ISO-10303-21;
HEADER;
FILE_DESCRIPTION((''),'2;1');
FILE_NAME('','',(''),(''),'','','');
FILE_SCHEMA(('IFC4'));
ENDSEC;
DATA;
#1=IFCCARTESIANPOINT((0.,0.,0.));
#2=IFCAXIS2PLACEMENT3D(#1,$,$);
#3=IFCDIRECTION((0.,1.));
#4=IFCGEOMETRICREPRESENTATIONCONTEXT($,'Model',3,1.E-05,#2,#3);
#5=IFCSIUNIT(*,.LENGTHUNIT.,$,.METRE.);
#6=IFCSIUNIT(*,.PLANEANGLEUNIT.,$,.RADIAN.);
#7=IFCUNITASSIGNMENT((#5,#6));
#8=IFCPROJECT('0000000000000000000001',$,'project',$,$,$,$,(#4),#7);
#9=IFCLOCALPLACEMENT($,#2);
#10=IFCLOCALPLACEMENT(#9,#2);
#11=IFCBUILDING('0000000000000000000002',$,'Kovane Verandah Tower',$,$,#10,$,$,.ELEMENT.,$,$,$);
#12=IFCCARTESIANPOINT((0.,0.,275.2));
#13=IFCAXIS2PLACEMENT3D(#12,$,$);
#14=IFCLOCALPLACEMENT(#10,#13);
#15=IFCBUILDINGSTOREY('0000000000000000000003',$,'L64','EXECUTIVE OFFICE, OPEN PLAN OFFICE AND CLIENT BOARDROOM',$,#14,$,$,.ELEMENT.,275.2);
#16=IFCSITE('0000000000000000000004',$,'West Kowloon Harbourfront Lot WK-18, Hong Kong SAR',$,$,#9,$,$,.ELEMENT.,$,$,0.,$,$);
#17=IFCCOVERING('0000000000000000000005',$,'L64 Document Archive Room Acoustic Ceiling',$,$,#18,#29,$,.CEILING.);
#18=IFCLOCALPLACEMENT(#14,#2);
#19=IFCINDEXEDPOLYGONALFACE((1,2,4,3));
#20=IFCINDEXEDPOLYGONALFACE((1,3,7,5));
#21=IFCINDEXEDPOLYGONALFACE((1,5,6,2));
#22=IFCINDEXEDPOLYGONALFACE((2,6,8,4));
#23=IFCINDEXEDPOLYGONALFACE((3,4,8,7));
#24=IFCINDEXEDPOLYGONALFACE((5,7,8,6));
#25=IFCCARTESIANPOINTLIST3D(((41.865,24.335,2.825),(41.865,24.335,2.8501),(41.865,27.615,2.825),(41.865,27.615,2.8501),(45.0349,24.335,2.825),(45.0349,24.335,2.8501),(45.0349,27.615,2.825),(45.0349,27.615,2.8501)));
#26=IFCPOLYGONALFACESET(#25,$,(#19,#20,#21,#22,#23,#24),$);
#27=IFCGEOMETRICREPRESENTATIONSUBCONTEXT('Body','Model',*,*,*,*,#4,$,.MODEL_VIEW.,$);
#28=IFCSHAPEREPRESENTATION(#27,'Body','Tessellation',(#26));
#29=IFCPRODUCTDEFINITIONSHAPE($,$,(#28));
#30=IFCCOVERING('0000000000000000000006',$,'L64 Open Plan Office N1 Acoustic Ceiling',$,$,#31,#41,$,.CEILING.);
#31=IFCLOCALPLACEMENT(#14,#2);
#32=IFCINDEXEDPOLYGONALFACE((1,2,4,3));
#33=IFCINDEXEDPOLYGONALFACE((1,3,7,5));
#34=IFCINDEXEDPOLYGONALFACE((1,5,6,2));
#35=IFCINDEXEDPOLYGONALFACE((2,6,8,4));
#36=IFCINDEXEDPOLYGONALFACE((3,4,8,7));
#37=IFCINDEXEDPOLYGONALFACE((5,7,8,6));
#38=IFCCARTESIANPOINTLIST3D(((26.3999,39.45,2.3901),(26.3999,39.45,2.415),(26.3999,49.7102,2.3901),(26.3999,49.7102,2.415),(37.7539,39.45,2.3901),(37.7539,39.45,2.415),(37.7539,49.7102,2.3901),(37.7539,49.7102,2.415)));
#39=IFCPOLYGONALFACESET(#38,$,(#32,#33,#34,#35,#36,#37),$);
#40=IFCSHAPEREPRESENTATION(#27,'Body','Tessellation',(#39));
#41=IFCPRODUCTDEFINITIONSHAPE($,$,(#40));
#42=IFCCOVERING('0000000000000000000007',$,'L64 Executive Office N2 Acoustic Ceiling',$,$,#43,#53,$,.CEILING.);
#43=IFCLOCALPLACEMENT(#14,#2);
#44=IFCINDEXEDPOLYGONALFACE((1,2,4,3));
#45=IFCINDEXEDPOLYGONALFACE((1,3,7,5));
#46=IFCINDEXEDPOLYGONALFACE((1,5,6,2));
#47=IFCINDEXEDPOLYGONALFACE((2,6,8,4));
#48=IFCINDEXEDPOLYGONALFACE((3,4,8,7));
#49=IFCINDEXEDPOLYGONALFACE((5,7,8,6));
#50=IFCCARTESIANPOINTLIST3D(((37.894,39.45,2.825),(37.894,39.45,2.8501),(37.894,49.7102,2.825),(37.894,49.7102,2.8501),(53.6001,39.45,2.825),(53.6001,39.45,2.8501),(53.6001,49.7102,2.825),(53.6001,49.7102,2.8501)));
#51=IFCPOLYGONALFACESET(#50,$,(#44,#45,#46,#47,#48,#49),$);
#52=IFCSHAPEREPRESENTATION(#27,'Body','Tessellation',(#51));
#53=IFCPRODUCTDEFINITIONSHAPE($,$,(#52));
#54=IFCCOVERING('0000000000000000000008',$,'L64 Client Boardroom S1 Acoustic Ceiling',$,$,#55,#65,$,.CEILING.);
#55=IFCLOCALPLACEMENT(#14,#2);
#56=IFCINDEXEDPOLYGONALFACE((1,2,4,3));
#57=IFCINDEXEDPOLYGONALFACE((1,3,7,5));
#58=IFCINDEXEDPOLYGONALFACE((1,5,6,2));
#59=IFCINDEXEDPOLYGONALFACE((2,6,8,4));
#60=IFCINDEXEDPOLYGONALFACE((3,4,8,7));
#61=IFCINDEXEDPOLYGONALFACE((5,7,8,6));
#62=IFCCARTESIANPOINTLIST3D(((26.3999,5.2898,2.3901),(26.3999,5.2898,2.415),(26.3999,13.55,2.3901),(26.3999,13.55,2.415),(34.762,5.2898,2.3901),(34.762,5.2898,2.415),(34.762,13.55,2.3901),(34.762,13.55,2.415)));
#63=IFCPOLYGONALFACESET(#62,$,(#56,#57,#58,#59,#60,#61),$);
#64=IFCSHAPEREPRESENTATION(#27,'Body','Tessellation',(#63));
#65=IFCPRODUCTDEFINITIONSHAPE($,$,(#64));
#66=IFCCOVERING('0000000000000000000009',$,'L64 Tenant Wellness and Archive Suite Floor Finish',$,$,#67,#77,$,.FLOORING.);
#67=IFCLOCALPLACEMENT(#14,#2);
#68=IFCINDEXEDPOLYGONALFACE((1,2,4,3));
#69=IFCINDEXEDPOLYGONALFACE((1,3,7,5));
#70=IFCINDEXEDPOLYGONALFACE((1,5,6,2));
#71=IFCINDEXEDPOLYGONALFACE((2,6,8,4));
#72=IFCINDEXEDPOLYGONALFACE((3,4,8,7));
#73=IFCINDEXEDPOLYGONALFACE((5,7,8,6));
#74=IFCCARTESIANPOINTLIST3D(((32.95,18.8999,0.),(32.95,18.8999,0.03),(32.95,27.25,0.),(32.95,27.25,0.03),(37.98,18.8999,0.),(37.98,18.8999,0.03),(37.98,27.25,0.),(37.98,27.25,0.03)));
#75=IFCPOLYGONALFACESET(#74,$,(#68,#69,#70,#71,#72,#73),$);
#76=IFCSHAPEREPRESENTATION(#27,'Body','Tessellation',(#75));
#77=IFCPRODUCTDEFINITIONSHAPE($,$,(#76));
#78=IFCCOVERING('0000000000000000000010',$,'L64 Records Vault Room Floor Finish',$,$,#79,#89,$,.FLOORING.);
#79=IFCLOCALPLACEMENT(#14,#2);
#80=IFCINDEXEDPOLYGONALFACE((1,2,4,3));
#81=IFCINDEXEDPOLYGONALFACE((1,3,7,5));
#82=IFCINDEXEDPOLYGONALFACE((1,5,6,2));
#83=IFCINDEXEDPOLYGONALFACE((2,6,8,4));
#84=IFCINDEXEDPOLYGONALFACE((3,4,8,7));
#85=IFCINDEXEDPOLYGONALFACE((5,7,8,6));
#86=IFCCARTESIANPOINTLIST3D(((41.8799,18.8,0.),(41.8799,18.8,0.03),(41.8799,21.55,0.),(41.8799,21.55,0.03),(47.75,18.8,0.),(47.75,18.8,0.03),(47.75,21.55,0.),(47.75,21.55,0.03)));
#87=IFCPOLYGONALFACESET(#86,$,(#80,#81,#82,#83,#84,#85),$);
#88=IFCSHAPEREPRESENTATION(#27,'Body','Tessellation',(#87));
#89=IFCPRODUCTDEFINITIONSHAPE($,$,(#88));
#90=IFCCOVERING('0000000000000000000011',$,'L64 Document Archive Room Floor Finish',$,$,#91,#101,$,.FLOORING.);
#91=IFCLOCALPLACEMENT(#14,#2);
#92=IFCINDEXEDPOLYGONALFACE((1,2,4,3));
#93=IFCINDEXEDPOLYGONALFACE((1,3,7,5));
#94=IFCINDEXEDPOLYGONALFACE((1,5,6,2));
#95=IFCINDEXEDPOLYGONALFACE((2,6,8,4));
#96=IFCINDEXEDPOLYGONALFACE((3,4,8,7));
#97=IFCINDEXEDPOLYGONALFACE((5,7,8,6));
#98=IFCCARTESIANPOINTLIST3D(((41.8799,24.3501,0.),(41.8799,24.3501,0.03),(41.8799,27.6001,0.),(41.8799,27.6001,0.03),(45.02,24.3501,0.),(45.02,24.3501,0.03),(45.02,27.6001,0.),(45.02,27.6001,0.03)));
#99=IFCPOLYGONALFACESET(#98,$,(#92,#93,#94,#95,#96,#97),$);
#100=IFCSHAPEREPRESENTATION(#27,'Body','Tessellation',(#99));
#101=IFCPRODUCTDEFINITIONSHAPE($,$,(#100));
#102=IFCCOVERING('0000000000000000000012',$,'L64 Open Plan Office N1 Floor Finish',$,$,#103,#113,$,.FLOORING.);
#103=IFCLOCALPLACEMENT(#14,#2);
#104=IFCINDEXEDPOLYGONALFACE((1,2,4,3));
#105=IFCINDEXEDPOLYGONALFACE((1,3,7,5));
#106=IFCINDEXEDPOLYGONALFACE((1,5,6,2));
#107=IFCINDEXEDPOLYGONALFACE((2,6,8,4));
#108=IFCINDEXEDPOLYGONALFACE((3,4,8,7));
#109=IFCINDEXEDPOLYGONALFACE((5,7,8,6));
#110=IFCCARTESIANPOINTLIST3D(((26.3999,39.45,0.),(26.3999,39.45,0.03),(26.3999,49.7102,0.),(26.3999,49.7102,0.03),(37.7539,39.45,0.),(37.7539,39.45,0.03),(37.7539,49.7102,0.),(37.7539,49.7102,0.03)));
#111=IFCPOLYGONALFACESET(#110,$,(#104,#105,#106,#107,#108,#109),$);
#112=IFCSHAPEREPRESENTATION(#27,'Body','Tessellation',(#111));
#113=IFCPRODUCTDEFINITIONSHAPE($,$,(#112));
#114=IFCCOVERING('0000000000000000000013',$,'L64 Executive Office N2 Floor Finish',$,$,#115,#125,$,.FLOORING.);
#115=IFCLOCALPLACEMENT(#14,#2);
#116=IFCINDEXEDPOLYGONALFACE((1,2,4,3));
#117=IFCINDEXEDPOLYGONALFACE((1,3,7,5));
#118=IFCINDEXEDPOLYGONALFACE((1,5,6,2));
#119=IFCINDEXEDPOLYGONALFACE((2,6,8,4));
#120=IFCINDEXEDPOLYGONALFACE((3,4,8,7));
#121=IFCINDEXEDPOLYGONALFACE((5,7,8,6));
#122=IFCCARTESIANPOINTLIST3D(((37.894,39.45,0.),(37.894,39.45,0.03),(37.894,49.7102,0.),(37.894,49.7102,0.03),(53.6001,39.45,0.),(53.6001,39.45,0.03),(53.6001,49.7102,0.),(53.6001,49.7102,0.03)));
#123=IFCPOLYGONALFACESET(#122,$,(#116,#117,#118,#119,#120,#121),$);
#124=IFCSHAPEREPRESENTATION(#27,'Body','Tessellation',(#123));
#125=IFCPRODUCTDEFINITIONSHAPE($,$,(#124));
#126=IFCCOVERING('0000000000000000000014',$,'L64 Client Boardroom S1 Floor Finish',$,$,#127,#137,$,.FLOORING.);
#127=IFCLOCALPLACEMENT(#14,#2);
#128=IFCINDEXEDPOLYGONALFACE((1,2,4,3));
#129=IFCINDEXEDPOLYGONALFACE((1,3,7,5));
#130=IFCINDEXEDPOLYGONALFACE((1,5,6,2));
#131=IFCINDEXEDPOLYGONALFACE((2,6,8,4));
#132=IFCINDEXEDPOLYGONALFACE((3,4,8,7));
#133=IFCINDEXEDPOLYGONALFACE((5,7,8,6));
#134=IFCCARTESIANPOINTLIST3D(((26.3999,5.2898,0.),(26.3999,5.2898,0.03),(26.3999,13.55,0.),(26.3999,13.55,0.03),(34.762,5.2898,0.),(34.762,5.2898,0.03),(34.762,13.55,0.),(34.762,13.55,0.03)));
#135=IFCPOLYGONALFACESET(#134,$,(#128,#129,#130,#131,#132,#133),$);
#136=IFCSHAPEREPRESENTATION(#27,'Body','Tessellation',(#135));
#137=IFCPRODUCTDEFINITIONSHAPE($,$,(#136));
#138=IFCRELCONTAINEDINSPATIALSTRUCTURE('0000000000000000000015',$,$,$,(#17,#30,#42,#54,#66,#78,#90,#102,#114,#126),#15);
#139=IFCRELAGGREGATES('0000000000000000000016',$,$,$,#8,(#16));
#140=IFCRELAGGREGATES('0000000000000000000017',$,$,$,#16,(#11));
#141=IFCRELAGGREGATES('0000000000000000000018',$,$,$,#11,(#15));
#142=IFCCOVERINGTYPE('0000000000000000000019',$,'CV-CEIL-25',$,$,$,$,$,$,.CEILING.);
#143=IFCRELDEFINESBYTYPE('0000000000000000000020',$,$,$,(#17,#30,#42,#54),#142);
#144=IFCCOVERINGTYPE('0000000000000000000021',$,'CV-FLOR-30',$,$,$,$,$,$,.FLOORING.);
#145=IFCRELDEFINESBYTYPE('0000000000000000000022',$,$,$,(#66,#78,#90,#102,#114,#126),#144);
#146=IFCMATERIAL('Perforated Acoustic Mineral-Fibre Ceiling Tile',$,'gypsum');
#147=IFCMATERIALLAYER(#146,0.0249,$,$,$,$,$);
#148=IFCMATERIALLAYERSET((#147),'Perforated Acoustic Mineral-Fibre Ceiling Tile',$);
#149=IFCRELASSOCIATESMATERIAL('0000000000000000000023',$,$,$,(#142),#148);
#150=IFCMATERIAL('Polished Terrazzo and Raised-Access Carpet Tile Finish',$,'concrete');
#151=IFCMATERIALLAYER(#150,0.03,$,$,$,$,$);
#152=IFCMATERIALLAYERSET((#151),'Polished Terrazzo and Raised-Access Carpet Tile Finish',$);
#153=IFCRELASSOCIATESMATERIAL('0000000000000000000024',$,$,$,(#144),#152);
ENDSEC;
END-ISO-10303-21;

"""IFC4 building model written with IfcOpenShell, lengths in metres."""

from ifc_helpers import new_model, si_unit, direction, frame, origin, place, context, subcontext, project, spatial, polyline, outline, extrude, material, layer, layer_set, type_object, element, save


model = new_model("IFC4")

# Units and contexts
model_context = context("Model", 3, precision=1e-05, world=origin(), true_north=direction((0.0, 1.0)))
body_context = subcontext(model_context, "Body", "Model", "MODEL_VIEW")
ifc_project = project(units=[si_unit("LENGTHUNIT", "METRE"), si_unit("PLANEANGLEUNIT", "RADIAN")], contexts=[model_context])

# Site, building, storey
site_placement = place(None, origin())
site = spatial("IfcSite", under=ifc_project, at=site_placement, Name="West Kowloon Harbourfront Lot WK-18, Hong Kong SAR", CompositionType="ELEMENT", RefElevation=0.0)
building_placement = place(site_placement, origin())
building = spatial("IfcBuilding", under=site, at=building_placement, Name="Kovane Verandah Tower", CompositionType="ELEMENT")
storey_placement = place(building_placement, frame((0.0, 0.0, 275.2)))
storey = spatial("IfcBuildingStorey", under=building, at=storey_placement, Name="L64", Description="EXECUTIVE OFFICE, OPEN PLAN OFFICE AND CLIENT BOARDROOM", CompositionType="ELEMENT", Elevation=275.2)

# Coverings
ifc_material_1 = material(Name="Perforated Acoustic Mineral-Fibre Ceiling Tile", Category="gypsum")
ifc_layer_1 = layer(ifc_material_1, 0.0249)
ifc_layer_set_1 = layer_set([ifc_layer_1], Name="Perforated Acoustic Mineral-Fibre Ceiling Tile")
covering_type_1 = type_object("IfcCoveringType", Name="CV-CEIL-25", PredefinedType="CEILING", material=ifc_layer_set_1)
covering_1_placement = place(storey_placement, frame((0.0, 0.0, 2.825)))
element("IfcCovering", 1, at=covering_1_placement, inside=storey, type_object=covering_type_1, Name="L64 Document Archive Room Acoustic Ceiling", PredefinedType="CEILING", context=body_context, shape_type="SweptSolid", body=[
    extrude(outline(polyline([(41.865, 24.335), (45.0349, 24.335), (45.0349, 27.615), (41.865, 27.615), (41.865, 24.335)])), origin(), (0.0, 0.0, 1.0), 0.0251),
])
covering_2_placement = place(storey_placement, frame((0.0, 0.0, 2.3901)))
element("IfcCovering", 2, at=covering_2_placement, inside=storey, type_object=covering_type_1, Name="L64 Open Plan Office N1 Acoustic Ceiling", PredefinedType="CEILING", context=body_context, shape_type="SweptSolid", body=[
    extrude(outline(polyline([(26.3999, 39.45), (37.7539, 39.45), (37.7539, 49.7102), (26.3999, 49.7102), (26.3999, 39.45)])), origin(), (0.0, 0.0, 1.0), 0.0249),
])
covering_3_placement = place(storey_placement, frame((0.0, 0.0, 2.825)))
element("IfcCovering", 3, at=covering_3_placement, inside=storey, type_object=covering_type_1, Name="L64 Executive Office N2 Acoustic Ceiling", PredefinedType="CEILING", context=body_context, shape_type="SweptSolid", body=[
    extrude(outline(polyline([(37.894, 39.45), (53.6001, 39.45), (53.6001, 49.7102), (37.894, 49.7102), (37.894, 39.45)])), origin(), (0.0, 0.0, 1.0), 0.0251),
])
covering_4_placement = place(storey_placement, frame((0.0, 0.0, 2.3901)))
element("IfcCovering", 4, at=covering_4_placement, inside=storey, type_object=covering_type_1, Name="L64 Client Boardroom S1 Acoustic Ceiling", PredefinedType="CEILING", context=body_context, shape_type="SweptSolid", body=[
    extrude(outline(polyline([(26.3999, 5.2898), (34.762, 5.2898), (34.762, 13.55), (26.3999, 13.55), (26.3999, 5.2898)])), origin(), (0.0, 0.0, 1.0), 0.0249),
])
ifc_material_2 = material(Name="Polished Terrazzo and Raised-Access Carpet Tile Finish", Category="concrete")
ifc_layer_2 = layer(ifc_material_2, 0.03)
ifc_layer_set_2 = layer_set([ifc_layer_2], Name="Polished Terrazzo and Raised-Access Carpet Tile Finish")
covering_type_2 = type_object("IfcCoveringType", Name="CV-FLOR-30", PredefinedType="FLOORING", material=ifc_layer_set_2)
covering_5_placement = place(storey_placement, origin())
element("IfcCovering", 5, at=covering_5_placement, inside=storey, type_object=covering_type_2, Name="L64 Tenant Wellness and Archive Suite Floor Finish", PredefinedType="FLOORING", context=body_context, shape_type="SweptSolid", body=[
    extrude(outline(polyline([(32.95, 18.8999), (37.98, 18.8999), (37.98, 27.25), (32.95, 27.25), (32.95, 18.8999)])), origin(), (0.0, 0.0, 1.0), 0.03),
])
covering_6_placement = place(storey_placement, origin())
element("IfcCovering", 6, at=covering_6_placement, inside=storey, type_object=covering_type_2, Name="L64 Records Vault Room Floor Finish", PredefinedType="FLOORING", context=body_context, shape_type="SweptSolid", body=[
    extrude(outline(polyline([(41.8799, 18.8), (47.75, 18.8), (47.75, 21.55), (41.8799, 21.55), (41.8799, 18.8)])), origin(), (0.0, 0.0, 1.0), 0.03),
])
covering_7_placement = place(storey_placement, origin())
element("IfcCovering", 7, at=covering_7_placement, inside=storey, type_object=covering_type_2, Name="L64 Document Archive Room Floor Finish", PredefinedType="FLOORING", context=body_context, shape_type="SweptSolid", body=[
    extrude(outline(polyline([(41.8799, 24.3501), (45.02, 24.3501), (45.02, 27.6001), (41.8799, 27.6001), (41.8799, 24.3501)])), origin(), (0.0, 0.0, 1.0), 0.03),
])
covering_8_placement = place(storey_placement, origin())
element("IfcCovering", 8, at=covering_8_placement, inside=storey, type_object=covering_type_2, Name="L64 Open Plan Office N1 Floor Finish", PredefinedType="FLOORING", context=body_context, shape_type="SweptSolid", body=[
    extrude(outline(polyline([(26.3999, 39.45), (37.7539, 39.45), (37.7539, 49.7102), (26.3999, 49.7102), (26.3999, 39.45)])), origin(), (0.0, 0.0, 1.0), 0.03),
])
covering_9_placement = place(storey_placement, origin())
element("IfcCovering", 9, at=covering_9_placement, inside=storey, type_object=covering_type_2, Name="L64 Executive Office N2 Floor Finish", PredefinedType="FLOORING", context=body_context, shape_type="SweptSolid", body=[
    extrude(outline(polyline([(37.894, 39.45), (53.6001, 39.45), (53.6001, 49.7102), (37.894, 49.7102), (37.894, 39.45)])), origin(), (0.0, 0.0, 1.0), 0.03),
])
covering_10_placement = place(storey_placement, origin())
element("IfcCovering", 10, at=covering_10_placement, inside=storey, type_object=covering_type_2, Name="L64 Client Boardroom S1 Floor Finish", PredefinedType="FLOORING", context=body_context, shape_type="SweptSolid", body=[
    extrude(outline(polyline([(26.3999, 5.2898), (34.762, 5.2898), (34.762, 13.55), (26.3999, 13.55), (26.3999, 5.2898)])), origin(), (0.0, 0.0, 1.0), 0.03),
])

save(model, "model.ifc")
